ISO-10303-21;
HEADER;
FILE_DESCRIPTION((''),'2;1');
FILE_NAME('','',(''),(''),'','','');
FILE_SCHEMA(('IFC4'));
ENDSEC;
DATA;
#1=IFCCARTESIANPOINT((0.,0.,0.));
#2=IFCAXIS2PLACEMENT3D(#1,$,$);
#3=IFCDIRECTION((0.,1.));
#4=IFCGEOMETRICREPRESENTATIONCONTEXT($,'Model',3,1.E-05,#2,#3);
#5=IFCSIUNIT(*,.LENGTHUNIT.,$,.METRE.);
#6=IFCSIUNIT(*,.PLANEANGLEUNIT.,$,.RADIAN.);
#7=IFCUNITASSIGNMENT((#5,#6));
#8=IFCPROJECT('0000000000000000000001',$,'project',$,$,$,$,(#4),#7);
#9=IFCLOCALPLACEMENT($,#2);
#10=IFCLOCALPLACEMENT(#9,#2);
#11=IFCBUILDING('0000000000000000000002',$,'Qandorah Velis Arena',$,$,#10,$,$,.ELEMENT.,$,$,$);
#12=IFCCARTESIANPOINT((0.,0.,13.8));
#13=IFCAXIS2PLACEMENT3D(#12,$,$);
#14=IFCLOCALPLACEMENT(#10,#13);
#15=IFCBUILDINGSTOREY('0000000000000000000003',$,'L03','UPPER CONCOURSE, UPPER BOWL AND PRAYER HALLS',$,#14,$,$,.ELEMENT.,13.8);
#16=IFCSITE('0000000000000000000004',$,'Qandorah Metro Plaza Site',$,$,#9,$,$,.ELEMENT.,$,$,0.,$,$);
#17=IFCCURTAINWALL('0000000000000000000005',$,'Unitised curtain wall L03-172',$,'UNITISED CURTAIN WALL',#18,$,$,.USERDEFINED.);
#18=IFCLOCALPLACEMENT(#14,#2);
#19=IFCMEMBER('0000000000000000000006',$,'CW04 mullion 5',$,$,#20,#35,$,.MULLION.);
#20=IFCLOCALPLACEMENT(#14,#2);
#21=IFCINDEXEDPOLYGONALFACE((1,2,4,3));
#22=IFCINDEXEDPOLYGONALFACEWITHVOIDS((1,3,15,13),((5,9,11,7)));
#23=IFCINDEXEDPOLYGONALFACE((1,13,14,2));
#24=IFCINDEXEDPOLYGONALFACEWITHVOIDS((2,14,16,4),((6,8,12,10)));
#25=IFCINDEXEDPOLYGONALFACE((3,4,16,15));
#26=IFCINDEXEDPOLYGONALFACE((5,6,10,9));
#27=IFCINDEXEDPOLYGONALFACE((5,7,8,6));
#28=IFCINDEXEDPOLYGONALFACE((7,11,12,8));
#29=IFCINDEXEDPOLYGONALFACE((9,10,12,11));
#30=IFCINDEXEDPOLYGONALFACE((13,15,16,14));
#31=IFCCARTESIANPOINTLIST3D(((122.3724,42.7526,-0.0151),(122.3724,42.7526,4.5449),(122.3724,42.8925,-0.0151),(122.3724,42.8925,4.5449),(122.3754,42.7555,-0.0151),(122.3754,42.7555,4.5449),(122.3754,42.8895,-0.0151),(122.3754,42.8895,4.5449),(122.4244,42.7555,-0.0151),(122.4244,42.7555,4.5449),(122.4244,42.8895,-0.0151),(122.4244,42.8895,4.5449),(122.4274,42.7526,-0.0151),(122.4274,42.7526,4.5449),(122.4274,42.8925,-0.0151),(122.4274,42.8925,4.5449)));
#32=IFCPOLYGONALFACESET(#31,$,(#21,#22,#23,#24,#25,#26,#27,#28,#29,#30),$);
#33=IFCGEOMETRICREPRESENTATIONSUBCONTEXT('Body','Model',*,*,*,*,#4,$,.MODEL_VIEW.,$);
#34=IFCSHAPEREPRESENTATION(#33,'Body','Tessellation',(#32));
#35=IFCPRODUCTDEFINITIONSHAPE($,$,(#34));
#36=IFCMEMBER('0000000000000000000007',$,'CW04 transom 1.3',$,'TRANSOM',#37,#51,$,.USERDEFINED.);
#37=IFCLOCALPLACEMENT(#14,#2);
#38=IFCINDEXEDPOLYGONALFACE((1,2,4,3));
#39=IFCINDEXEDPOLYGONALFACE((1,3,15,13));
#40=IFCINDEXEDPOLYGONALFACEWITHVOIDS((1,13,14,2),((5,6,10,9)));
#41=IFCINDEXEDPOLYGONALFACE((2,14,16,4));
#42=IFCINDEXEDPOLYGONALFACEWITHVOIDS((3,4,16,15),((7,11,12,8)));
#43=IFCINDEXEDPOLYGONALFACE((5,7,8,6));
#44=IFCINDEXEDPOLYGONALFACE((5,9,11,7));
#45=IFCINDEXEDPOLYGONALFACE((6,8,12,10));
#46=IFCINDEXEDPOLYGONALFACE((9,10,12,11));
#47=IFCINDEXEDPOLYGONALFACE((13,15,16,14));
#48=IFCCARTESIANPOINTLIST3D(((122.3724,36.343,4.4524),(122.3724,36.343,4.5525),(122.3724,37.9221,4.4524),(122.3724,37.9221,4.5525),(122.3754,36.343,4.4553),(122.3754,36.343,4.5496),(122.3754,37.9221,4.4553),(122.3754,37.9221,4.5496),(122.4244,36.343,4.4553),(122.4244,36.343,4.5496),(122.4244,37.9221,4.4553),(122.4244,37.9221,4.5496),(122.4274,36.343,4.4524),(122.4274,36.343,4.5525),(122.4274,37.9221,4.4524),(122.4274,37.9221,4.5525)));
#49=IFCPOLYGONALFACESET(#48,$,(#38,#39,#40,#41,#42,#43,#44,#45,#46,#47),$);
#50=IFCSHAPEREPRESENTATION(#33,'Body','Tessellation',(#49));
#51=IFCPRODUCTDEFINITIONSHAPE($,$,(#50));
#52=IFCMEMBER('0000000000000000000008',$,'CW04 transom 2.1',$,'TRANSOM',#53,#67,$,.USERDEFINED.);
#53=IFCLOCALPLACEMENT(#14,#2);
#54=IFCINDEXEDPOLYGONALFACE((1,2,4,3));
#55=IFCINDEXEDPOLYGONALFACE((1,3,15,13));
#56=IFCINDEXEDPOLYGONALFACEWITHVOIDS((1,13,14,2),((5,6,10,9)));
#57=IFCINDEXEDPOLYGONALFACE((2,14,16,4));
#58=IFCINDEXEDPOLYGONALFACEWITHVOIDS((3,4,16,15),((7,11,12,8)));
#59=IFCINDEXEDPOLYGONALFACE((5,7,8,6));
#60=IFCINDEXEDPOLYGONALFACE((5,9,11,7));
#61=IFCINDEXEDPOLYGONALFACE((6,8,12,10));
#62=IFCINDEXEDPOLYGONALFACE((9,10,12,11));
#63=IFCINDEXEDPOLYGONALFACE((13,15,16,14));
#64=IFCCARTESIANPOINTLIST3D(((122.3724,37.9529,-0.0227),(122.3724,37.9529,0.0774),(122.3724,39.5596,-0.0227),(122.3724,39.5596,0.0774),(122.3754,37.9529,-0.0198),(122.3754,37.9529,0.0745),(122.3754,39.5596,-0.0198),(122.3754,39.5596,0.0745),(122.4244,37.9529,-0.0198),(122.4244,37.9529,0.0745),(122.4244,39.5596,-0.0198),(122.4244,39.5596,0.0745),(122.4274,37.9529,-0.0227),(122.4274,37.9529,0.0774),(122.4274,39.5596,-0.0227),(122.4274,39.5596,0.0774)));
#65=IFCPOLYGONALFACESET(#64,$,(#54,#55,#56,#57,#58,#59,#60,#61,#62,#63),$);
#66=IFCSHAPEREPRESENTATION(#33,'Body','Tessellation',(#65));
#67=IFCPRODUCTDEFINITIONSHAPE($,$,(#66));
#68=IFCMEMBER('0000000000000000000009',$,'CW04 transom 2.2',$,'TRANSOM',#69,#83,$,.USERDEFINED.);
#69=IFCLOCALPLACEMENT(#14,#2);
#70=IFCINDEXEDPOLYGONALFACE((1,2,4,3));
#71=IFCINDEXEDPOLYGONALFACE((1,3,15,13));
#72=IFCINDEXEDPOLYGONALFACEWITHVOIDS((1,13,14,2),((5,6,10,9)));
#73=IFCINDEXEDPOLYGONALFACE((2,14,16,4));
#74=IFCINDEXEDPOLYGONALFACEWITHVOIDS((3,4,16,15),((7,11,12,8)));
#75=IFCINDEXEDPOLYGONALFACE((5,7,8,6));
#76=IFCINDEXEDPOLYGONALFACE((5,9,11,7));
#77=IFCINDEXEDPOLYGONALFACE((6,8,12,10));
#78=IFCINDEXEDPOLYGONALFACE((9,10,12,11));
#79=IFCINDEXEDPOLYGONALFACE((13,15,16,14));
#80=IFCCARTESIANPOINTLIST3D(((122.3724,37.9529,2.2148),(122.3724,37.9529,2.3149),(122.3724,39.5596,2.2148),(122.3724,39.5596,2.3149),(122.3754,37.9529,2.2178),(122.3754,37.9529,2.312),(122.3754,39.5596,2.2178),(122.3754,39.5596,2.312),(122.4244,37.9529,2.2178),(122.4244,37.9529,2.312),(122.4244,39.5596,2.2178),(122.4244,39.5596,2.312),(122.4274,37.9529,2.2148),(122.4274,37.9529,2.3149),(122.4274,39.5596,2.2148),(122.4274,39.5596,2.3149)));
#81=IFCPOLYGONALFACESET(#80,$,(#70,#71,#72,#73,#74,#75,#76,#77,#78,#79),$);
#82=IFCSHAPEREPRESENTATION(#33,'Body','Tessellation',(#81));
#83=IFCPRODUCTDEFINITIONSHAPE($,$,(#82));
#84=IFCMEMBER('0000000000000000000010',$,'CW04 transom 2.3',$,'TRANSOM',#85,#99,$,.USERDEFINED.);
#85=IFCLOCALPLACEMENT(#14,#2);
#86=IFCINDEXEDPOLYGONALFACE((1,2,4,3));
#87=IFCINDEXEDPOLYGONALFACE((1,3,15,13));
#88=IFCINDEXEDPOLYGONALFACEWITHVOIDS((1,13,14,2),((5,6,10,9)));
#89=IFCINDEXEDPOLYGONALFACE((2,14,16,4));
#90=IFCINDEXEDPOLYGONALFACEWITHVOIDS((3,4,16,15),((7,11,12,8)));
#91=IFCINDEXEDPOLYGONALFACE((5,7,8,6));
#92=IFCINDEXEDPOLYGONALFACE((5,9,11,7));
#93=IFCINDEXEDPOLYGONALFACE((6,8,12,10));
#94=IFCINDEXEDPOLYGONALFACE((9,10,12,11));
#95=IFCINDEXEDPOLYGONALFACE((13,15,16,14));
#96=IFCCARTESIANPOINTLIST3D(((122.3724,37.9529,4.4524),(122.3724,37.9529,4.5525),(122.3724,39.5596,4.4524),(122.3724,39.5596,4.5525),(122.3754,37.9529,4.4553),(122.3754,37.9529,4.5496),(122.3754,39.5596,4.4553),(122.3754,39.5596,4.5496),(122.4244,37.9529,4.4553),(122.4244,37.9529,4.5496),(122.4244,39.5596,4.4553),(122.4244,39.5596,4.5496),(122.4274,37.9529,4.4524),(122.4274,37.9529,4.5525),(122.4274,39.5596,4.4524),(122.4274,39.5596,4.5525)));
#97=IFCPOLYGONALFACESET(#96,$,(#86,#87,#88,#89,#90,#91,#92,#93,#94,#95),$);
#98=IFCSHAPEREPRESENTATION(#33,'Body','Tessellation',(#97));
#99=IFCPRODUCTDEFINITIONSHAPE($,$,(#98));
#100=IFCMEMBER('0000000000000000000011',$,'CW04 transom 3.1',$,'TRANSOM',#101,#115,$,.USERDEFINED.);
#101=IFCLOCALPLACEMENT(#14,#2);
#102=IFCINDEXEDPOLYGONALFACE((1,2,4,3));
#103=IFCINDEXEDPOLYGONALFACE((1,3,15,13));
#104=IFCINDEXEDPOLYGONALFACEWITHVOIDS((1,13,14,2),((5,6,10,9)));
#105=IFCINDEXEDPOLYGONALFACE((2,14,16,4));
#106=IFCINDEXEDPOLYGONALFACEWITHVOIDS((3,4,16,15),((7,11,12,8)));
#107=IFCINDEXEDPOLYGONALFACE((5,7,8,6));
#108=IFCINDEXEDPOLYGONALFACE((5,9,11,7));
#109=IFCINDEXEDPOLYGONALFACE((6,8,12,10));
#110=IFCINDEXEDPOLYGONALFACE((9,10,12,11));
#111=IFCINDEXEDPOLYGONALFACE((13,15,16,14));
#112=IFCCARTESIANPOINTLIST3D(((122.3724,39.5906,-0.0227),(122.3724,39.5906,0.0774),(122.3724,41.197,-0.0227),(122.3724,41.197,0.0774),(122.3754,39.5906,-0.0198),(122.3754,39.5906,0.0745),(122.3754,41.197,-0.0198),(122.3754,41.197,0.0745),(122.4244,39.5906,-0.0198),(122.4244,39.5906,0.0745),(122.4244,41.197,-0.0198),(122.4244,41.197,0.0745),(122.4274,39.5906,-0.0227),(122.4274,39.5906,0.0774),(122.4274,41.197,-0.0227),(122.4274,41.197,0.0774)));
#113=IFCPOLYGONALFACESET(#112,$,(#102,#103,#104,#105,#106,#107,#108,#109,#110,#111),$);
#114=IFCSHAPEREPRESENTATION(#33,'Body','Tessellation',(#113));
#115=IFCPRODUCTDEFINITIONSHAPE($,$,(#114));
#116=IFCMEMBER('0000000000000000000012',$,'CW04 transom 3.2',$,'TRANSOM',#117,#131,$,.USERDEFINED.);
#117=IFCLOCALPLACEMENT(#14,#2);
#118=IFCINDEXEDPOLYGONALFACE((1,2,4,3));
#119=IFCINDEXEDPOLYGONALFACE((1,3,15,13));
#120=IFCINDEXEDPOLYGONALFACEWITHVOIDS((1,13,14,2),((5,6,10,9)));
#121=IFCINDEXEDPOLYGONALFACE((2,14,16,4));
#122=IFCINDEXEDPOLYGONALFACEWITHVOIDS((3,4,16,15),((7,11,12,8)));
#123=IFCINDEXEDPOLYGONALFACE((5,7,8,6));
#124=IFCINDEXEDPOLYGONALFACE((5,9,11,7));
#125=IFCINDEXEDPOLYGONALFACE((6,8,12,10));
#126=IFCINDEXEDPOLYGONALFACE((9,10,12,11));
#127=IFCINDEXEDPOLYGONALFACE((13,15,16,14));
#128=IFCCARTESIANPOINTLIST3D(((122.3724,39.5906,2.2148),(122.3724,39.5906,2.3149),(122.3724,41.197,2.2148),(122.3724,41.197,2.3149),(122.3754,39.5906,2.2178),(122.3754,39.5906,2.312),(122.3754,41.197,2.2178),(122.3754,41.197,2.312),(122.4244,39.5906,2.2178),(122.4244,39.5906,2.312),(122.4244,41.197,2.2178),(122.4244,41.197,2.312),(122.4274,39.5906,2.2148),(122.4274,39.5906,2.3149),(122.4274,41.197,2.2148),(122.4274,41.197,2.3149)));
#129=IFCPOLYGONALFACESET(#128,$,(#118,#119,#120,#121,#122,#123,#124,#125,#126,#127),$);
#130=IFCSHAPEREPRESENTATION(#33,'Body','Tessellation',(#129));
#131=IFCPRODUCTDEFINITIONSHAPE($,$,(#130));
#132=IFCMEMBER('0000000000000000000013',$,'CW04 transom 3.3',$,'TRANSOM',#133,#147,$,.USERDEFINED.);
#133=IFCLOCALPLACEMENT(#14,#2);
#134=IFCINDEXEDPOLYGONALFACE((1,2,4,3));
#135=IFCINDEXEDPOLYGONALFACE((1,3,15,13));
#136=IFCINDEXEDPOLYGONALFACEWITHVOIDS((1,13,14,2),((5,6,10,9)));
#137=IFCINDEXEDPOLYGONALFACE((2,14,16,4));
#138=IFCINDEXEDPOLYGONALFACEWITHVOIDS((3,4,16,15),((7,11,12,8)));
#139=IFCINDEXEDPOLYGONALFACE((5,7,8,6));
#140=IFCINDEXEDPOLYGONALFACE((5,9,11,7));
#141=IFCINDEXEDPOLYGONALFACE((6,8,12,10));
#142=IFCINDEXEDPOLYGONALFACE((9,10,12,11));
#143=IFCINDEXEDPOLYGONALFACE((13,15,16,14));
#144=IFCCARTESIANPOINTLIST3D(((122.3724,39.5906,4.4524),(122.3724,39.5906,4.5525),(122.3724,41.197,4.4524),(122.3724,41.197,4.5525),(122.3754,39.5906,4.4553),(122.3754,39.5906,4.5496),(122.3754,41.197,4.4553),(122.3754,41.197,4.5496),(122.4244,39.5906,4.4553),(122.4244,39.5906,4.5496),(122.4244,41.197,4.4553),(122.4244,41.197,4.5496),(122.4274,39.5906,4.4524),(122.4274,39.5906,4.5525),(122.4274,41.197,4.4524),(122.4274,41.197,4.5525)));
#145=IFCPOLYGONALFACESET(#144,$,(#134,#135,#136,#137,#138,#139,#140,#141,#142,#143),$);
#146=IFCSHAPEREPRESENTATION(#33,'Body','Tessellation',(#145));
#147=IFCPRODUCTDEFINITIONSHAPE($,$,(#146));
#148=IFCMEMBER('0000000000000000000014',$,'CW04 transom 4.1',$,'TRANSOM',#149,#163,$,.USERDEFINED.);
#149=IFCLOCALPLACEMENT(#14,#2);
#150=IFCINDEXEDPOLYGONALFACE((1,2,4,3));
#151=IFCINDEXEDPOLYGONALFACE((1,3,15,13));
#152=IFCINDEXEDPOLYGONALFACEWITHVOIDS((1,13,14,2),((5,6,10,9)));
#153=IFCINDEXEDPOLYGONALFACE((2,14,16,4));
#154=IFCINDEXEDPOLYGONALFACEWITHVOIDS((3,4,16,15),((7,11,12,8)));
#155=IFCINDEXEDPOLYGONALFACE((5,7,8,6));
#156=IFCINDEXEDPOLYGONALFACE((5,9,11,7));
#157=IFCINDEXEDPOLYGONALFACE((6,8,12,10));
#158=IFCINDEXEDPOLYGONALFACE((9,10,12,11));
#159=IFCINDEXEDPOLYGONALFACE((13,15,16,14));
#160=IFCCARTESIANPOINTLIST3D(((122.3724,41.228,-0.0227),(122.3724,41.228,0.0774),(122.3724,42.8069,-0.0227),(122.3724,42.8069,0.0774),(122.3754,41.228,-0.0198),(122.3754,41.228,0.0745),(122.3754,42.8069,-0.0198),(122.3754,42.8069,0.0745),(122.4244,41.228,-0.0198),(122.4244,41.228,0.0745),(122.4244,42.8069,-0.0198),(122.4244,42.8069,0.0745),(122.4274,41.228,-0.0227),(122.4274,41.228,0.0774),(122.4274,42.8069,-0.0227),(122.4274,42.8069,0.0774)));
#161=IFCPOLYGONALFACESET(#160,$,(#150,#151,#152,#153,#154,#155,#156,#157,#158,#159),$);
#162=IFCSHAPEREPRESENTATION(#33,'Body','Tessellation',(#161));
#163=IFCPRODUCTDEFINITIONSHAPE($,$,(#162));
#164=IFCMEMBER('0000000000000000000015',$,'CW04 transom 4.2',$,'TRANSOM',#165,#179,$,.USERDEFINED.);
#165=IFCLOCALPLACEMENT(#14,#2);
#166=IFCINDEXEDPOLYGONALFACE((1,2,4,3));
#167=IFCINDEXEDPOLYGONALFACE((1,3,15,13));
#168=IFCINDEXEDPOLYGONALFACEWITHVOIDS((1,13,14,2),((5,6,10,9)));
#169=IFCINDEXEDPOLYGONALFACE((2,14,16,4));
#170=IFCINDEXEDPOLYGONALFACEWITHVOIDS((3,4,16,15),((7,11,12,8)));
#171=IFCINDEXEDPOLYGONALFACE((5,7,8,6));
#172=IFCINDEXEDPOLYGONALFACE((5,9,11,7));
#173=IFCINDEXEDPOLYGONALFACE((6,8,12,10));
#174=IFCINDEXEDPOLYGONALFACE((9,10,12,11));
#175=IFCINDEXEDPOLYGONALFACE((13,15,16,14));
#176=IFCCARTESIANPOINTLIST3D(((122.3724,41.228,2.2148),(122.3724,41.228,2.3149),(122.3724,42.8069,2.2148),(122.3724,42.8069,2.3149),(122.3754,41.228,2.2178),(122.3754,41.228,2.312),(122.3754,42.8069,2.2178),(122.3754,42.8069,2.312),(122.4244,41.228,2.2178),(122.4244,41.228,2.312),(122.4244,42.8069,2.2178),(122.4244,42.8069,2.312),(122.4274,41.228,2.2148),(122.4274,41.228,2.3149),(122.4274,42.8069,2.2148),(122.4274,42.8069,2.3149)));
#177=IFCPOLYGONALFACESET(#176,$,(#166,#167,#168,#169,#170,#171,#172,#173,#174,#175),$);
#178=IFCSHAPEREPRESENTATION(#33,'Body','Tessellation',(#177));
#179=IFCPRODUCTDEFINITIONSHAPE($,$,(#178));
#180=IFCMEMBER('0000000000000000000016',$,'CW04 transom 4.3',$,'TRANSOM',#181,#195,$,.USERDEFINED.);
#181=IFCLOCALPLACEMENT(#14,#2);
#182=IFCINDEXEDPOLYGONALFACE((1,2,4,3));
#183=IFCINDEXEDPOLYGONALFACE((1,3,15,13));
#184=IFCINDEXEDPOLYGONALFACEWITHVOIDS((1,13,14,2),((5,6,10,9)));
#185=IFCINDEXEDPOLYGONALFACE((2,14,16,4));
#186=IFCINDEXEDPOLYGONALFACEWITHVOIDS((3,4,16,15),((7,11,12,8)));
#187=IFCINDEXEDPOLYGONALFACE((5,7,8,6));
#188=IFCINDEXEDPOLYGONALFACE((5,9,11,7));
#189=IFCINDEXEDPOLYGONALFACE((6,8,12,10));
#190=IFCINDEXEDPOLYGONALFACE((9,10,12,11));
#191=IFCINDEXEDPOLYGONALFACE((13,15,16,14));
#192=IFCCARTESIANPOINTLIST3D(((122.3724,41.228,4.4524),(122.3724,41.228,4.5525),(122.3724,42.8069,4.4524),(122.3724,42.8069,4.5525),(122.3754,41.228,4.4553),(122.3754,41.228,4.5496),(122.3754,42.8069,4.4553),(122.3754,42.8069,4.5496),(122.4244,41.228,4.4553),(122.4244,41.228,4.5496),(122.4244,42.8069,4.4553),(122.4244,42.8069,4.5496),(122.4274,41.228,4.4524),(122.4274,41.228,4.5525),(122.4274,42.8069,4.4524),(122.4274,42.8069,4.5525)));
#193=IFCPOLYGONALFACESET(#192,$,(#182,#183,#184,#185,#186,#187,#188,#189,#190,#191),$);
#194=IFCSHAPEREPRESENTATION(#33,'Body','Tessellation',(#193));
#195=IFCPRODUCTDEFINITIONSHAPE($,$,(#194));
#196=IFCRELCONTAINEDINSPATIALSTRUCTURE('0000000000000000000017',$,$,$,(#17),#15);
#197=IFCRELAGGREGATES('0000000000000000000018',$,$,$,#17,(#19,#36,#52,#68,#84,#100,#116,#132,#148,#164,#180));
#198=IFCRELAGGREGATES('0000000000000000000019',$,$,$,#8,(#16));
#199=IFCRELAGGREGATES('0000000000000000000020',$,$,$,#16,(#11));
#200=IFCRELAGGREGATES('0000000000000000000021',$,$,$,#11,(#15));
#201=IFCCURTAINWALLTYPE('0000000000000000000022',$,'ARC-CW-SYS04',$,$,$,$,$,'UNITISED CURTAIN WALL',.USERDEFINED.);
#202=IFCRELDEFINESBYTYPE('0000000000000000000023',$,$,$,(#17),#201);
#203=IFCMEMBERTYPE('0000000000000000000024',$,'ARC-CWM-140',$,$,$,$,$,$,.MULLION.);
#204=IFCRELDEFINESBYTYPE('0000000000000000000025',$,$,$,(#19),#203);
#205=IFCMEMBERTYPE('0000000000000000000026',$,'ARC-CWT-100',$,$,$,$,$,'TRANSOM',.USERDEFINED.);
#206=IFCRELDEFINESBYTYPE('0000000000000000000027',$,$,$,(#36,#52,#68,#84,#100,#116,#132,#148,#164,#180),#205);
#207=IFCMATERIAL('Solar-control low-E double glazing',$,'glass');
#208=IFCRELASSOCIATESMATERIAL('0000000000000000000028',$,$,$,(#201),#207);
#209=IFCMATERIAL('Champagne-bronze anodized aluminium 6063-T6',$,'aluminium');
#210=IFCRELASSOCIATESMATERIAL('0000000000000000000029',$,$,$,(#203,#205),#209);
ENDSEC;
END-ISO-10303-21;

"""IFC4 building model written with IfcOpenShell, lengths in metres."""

from ifc_helpers import new_model, si_unit, direction, frame, origin, origin_2d, place, context, subcontext, project, spatial, hollow_rectangle, extrude, material, material_profile, profile_set, type_object, element, aggregate, save


model = new_model("IFC4")

# Units and contexts
model_context = context("Model", 3, precision=1e-05, world=origin(), true_north=direction((0.0, 1.0)))
body_context = subcontext(model_context, "Body", "Model", "MODEL_VIEW")
ifc_project = project(units=[si_unit("LENGTHUNIT", "METRE"), si_unit("PLANEANGLEUNIT", "RADIAN")], contexts=[model_context])

# Site, building, storey
site_placement = place(None, origin())
site = spatial("IfcSite", under=ifc_project, at=site_placement, Name="Qandorah Metro Plaza Site", CompositionType="ELEMENT", RefElevation=0.0)
building_placement = place(site_placement, origin())
building = spatial("IfcBuilding", under=site, at=building_placement, Name="Qandorah Velis Arena", CompositionType="ELEMENT")
storey_placement = place(building_placement, frame((0.0, 0.0, 13.8)))
storey = spatial("IfcBuildingStorey", under=building, at=storey_placement, Name="L03", Description="UPPER CONCOURSE, UPPER BOWL AND PRAYER HALLS", CompositionType="ELEMENT", Elevation=13.8)

# Curtain wall, members
ifc_material_1 = material(Name="Solar-control low-E double glazing", Category="glass")
curtain_wall_type = type_object("IfcCurtainWallType", Name="ARC-CW-SYS04", ElementType="UNITISED CURTAIN WALL", PredefinedType="USERDEFINED", material=ifc_material_1)
curtain_wall_placement = place(storey_placement, origin())
curtain_wall = element("IfcCurtainWall", 1, at=curtain_wall_placement, inside=storey, type_object=curtain_wall_type, Name="Unitised curtain wall L03-172", ObjectType="UNITISED CURTAIN WALL", PredefinedType="USERDEFINED")
ifc_material_2 = material(Name="Champagne-bronze anodized aluminium 6063-T6", Category="aluminium")
ifc_material_profile_1 = material_profile(ifc_material_2, hollow_rectangle(XDim=0.0549, YDim=0.1399, WallThickness=0.0029, at=origin_2d()), Name="ALU MULLION 55x140")
ifc_profile_set_1 = profile_set([ifc_material_profile_1], Name="Champagne-bronze anodized aluminium 6063-T6")
member_type_1 = type_object("IfcMemberType", Name="ARC-CWM-140", PredefinedType="MULLION", material=ifc_profile_set_1)
member_1_placement = place(storey_placement, frame((122.3999, 42.8225, -0.0151), z_axis=(0.0, 0.0, 1.0), x_axis=(-1.0, 0.0, 0.0)))
member_1 = element("IfcMember", 2, at=member_1_placement, type_object=member_type_1, Name="CW04 mullion 5", PredefinedType="MULLION", context=body_context, shape_type="SweptSolid", body=[
    extrude(hollow_rectangle(XDim=0.0549, YDim=0.1399, WallThickness=0.0029, at=origin_2d()), origin(), (0.0, 0.0, 1.0), 4.5601),
])
ifc_material_profile_2 = material_profile(ifc_material_2, hollow_rectangle(XDim=0.0549, YDim=0.1001, WallThickness=0.0029, at=origin_2d()), Name="ALU TRANSOM 55x100")
ifc_profile_set_2 = profile_set([ifc_material_profile_2], Name="Champagne-bronze anodized aluminium 6063-T6")
member_type_2 = type_object("IfcMemberType", Name="ARC-CWT-100", ElementType="TRANSOM", PredefinedType="USERDEFINED", material=ifc_profile_set_2)
member_2_placement = place(storey_placement, frame((122.3999, 36.343, 4.5024), z_axis=(0.0, 1.0, 0.0), x_axis=(-1.0, 0.0, 0.0)))
member_2 = element("IfcMember", 3, at=member_2_placement, type_object=member_type_2, Name="CW04 transom 1.3", ObjectType="TRANSOM", PredefinedType="USERDEFINED", context=body_context, shape_type="SweptSolid", body=[
    extrude(hollow_rectangle(XDim=0.0549, YDim=0.1001, WallThickness=0.0029, at=origin_2d()), origin(), (0.0, 0.0, 1.0), 1.5791),
])
member_3_placement = place(storey_placement, frame((122.3999, 37.9529, 0.0273), z_axis=(0.0, 1.0, 0.0), x_axis=(-1.0, 0.0, 0.0)))
member_3 = element("IfcMember", 4, at=member_3_placement, type_object=member_type_2, Name="CW04 transom 2.1", ObjectType="TRANSOM", PredefinedType="USERDEFINED", context=body_context, shape_type="SweptSolid", body=[
    extrude(hollow_rectangle(XDim=0.0549, YDim=0.1001, WallThickness=0.0029, at=origin_2d()), origin(), (0.0, 0.0, 1.0), 1.6067),
])
member_4_placement = place(storey_placement, frame((122.3999, 37.9529, 2.2649), z_axis=(0.0, 1.0, 0.0), x_axis=(-1.0, 0.0, 0.0)))
member_4 = element("IfcMember", 5, at=member_4_placement, type_object=member_type_2, Name="CW04 transom 2.2", ObjectType="TRANSOM", PredefinedType="USERDEFINED", context=body_context, shape_type="SweptSolid", body=[
    extrude(hollow_rectangle(XDim=0.0549, YDim=0.1001, WallThickness=0.0029, at=origin_2d()), origin(), (0.0, 0.0, 1.0), 1.6067),
])
member_5_placement = place(storey_placement, frame((122.3999, 37.9529, 4.5024), z_axis=(0.0, 1.0, 0.0), x_axis=(-1.0, 0.0, 0.0)))
member_5 = element("IfcMember", 6, at=member_5_placement, type_object=member_type_2, Name="CW04 transom 2.3", ObjectType="TRANSOM", PredefinedType="USERDEFINED", context=body_context, shape_type="SweptSolid", body=[
    extrude(hollow_rectangle(XDim=0.0549, YDim=0.1001, WallThickness=0.0029, at=origin_2d()), origin(), (0.0, 0.0, 1.0), 1.6067),
])
member_6_placement = place(storey_placement, frame((122.3999, 39.5906, 0.0273), z_axis=(0.0, 1.0, 0.0), x_axis=(-1.0, 0.0, 0.0)))
member_6 = element("IfcMember", 7, at=member_6_placement, type_object=member_type_2, Name="CW04 transom 3.1", ObjectType="TRANSOM", PredefinedType="USERDEFINED", context=body_context, shape_type="SweptSolid", body=[
    extrude(hollow_rectangle(XDim=0.0549, YDim=0.1001, WallThickness=0.0029, at=origin_2d()), origin(), (0.0, 0.0, 1.0), 1.6064),
])
member_7_placement = place(storey_placement, frame((122.3999, 39.5906, 2.2649), z_axis=(0.0, 1.0, 0.0), x_axis=(-1.0, 0.0, 0.0)))
member_7 = element("IfcMember", 8, at=member_7_placement, type_object=member_type_2, Name="CW04 transom 3.2", ObjectType="TRANSOM", PredefinedType="USERDEFINED", context=body_context, shape_type="SweptSolid", body=[
    extrude(hollow_rectangle(XDim=0.0549, YDim=0.1001, WallThickness=0.0029, at=origin_2d()), origin(), (0.0, 0.0, 1.0), 1.6064),
])
member_8_placement = place(storey_placement, frame((122.3999, 39.5906, 4.5024), z_axis=(0.0, 1.0, 0.0), x_axis=(-1.0, 0.0, 0.0)))
member_8 = element("IfcMember", 9, at=member_8_placement, type_object=member_type_2, Name="CW04 transom 3.3", ObjectType="TRANSOM", PredefinedType="USERDEFINED", context=body_context, shape_type="SweptSolid", body=[
    extrude(hollow_rectangle(XDim=0.0549, YDim=0.1001, WallThickness=0.0029, at=origin_2d()), origin(), (0.0, 0.0, 1.0), 1.6064),
])
member_9_placement = place(storey_placement, frame((122.3999, 41.228, 0.0273), z_axis=(0.0, 1.0, 0.0), x_axis=(-1.0, 0.0, 0.0)))
member_9 = element("IfcMember", 10, at=member_9_placement, type_object=member_type_2, Name="CW04 transom 4.1", ObjectType="TRANSOM", PredefinedType="USERDEFINED", context=body_context, shape_type="SweptSolid", body=[
    extrude(hollow_rectangle(XDim=0.0549, YDim=0.1001, WallThickness=0.0029, at=origin_2d()), origin(), (0.0, 0.0, 1.0), 1.5789),
])
member_10_placement = place(storey_placement, frame((122.3999, 41.228, 2.2649), z_axis=(0.0, 1.0, 0.0), x_axis=(-1.0, 0.0, 0.0)))
member_10 = element("IfcMember", 11, at=member_10_placement, type_object=member_type_2, Name="CW04 transom 4.2", ObjectType="TRANSOM", PredefinedType="USERDEFINED", context=body_context, shape_type="SweptSolid", body=[
    extrude(hollow_rectangle(XDim=0.0549, YDim=0.1001, WallThickness=0.0029, at=origin_2d()), origin(), (0.0, 0.0, 1.0), 1.5789),
])
member_11_placement = place(storey_placement, frame((122.3999, 41.228, 4.5024), z_axis=(0.0, 1.0, 0.0), x_axis=(-1.0, 0.0, 0.0)))
member_11 = element("IfcMember", 12, at=member_11_placement, type_object=member_type_2, Name="CW04 transom 4.3", ObjectType="TRANSOM", PredefinedType="USERDEFINED", context=body_context, shape_type="SweptSolid", body=[
    extrude(hollow_rectangle(XDim=0.0549, YDim=0.1001, WallThickness=0.0029, at=origin_2d()), origin(), (0.0, 0.0, 1.0), 1.5789),
])

aggregate(curtain_wall, [member_1, member_2, member_3, member_4, member_5, member_6, member_7, member_8, member_9, member_10, member_11])

save(model, "model.ifc")
